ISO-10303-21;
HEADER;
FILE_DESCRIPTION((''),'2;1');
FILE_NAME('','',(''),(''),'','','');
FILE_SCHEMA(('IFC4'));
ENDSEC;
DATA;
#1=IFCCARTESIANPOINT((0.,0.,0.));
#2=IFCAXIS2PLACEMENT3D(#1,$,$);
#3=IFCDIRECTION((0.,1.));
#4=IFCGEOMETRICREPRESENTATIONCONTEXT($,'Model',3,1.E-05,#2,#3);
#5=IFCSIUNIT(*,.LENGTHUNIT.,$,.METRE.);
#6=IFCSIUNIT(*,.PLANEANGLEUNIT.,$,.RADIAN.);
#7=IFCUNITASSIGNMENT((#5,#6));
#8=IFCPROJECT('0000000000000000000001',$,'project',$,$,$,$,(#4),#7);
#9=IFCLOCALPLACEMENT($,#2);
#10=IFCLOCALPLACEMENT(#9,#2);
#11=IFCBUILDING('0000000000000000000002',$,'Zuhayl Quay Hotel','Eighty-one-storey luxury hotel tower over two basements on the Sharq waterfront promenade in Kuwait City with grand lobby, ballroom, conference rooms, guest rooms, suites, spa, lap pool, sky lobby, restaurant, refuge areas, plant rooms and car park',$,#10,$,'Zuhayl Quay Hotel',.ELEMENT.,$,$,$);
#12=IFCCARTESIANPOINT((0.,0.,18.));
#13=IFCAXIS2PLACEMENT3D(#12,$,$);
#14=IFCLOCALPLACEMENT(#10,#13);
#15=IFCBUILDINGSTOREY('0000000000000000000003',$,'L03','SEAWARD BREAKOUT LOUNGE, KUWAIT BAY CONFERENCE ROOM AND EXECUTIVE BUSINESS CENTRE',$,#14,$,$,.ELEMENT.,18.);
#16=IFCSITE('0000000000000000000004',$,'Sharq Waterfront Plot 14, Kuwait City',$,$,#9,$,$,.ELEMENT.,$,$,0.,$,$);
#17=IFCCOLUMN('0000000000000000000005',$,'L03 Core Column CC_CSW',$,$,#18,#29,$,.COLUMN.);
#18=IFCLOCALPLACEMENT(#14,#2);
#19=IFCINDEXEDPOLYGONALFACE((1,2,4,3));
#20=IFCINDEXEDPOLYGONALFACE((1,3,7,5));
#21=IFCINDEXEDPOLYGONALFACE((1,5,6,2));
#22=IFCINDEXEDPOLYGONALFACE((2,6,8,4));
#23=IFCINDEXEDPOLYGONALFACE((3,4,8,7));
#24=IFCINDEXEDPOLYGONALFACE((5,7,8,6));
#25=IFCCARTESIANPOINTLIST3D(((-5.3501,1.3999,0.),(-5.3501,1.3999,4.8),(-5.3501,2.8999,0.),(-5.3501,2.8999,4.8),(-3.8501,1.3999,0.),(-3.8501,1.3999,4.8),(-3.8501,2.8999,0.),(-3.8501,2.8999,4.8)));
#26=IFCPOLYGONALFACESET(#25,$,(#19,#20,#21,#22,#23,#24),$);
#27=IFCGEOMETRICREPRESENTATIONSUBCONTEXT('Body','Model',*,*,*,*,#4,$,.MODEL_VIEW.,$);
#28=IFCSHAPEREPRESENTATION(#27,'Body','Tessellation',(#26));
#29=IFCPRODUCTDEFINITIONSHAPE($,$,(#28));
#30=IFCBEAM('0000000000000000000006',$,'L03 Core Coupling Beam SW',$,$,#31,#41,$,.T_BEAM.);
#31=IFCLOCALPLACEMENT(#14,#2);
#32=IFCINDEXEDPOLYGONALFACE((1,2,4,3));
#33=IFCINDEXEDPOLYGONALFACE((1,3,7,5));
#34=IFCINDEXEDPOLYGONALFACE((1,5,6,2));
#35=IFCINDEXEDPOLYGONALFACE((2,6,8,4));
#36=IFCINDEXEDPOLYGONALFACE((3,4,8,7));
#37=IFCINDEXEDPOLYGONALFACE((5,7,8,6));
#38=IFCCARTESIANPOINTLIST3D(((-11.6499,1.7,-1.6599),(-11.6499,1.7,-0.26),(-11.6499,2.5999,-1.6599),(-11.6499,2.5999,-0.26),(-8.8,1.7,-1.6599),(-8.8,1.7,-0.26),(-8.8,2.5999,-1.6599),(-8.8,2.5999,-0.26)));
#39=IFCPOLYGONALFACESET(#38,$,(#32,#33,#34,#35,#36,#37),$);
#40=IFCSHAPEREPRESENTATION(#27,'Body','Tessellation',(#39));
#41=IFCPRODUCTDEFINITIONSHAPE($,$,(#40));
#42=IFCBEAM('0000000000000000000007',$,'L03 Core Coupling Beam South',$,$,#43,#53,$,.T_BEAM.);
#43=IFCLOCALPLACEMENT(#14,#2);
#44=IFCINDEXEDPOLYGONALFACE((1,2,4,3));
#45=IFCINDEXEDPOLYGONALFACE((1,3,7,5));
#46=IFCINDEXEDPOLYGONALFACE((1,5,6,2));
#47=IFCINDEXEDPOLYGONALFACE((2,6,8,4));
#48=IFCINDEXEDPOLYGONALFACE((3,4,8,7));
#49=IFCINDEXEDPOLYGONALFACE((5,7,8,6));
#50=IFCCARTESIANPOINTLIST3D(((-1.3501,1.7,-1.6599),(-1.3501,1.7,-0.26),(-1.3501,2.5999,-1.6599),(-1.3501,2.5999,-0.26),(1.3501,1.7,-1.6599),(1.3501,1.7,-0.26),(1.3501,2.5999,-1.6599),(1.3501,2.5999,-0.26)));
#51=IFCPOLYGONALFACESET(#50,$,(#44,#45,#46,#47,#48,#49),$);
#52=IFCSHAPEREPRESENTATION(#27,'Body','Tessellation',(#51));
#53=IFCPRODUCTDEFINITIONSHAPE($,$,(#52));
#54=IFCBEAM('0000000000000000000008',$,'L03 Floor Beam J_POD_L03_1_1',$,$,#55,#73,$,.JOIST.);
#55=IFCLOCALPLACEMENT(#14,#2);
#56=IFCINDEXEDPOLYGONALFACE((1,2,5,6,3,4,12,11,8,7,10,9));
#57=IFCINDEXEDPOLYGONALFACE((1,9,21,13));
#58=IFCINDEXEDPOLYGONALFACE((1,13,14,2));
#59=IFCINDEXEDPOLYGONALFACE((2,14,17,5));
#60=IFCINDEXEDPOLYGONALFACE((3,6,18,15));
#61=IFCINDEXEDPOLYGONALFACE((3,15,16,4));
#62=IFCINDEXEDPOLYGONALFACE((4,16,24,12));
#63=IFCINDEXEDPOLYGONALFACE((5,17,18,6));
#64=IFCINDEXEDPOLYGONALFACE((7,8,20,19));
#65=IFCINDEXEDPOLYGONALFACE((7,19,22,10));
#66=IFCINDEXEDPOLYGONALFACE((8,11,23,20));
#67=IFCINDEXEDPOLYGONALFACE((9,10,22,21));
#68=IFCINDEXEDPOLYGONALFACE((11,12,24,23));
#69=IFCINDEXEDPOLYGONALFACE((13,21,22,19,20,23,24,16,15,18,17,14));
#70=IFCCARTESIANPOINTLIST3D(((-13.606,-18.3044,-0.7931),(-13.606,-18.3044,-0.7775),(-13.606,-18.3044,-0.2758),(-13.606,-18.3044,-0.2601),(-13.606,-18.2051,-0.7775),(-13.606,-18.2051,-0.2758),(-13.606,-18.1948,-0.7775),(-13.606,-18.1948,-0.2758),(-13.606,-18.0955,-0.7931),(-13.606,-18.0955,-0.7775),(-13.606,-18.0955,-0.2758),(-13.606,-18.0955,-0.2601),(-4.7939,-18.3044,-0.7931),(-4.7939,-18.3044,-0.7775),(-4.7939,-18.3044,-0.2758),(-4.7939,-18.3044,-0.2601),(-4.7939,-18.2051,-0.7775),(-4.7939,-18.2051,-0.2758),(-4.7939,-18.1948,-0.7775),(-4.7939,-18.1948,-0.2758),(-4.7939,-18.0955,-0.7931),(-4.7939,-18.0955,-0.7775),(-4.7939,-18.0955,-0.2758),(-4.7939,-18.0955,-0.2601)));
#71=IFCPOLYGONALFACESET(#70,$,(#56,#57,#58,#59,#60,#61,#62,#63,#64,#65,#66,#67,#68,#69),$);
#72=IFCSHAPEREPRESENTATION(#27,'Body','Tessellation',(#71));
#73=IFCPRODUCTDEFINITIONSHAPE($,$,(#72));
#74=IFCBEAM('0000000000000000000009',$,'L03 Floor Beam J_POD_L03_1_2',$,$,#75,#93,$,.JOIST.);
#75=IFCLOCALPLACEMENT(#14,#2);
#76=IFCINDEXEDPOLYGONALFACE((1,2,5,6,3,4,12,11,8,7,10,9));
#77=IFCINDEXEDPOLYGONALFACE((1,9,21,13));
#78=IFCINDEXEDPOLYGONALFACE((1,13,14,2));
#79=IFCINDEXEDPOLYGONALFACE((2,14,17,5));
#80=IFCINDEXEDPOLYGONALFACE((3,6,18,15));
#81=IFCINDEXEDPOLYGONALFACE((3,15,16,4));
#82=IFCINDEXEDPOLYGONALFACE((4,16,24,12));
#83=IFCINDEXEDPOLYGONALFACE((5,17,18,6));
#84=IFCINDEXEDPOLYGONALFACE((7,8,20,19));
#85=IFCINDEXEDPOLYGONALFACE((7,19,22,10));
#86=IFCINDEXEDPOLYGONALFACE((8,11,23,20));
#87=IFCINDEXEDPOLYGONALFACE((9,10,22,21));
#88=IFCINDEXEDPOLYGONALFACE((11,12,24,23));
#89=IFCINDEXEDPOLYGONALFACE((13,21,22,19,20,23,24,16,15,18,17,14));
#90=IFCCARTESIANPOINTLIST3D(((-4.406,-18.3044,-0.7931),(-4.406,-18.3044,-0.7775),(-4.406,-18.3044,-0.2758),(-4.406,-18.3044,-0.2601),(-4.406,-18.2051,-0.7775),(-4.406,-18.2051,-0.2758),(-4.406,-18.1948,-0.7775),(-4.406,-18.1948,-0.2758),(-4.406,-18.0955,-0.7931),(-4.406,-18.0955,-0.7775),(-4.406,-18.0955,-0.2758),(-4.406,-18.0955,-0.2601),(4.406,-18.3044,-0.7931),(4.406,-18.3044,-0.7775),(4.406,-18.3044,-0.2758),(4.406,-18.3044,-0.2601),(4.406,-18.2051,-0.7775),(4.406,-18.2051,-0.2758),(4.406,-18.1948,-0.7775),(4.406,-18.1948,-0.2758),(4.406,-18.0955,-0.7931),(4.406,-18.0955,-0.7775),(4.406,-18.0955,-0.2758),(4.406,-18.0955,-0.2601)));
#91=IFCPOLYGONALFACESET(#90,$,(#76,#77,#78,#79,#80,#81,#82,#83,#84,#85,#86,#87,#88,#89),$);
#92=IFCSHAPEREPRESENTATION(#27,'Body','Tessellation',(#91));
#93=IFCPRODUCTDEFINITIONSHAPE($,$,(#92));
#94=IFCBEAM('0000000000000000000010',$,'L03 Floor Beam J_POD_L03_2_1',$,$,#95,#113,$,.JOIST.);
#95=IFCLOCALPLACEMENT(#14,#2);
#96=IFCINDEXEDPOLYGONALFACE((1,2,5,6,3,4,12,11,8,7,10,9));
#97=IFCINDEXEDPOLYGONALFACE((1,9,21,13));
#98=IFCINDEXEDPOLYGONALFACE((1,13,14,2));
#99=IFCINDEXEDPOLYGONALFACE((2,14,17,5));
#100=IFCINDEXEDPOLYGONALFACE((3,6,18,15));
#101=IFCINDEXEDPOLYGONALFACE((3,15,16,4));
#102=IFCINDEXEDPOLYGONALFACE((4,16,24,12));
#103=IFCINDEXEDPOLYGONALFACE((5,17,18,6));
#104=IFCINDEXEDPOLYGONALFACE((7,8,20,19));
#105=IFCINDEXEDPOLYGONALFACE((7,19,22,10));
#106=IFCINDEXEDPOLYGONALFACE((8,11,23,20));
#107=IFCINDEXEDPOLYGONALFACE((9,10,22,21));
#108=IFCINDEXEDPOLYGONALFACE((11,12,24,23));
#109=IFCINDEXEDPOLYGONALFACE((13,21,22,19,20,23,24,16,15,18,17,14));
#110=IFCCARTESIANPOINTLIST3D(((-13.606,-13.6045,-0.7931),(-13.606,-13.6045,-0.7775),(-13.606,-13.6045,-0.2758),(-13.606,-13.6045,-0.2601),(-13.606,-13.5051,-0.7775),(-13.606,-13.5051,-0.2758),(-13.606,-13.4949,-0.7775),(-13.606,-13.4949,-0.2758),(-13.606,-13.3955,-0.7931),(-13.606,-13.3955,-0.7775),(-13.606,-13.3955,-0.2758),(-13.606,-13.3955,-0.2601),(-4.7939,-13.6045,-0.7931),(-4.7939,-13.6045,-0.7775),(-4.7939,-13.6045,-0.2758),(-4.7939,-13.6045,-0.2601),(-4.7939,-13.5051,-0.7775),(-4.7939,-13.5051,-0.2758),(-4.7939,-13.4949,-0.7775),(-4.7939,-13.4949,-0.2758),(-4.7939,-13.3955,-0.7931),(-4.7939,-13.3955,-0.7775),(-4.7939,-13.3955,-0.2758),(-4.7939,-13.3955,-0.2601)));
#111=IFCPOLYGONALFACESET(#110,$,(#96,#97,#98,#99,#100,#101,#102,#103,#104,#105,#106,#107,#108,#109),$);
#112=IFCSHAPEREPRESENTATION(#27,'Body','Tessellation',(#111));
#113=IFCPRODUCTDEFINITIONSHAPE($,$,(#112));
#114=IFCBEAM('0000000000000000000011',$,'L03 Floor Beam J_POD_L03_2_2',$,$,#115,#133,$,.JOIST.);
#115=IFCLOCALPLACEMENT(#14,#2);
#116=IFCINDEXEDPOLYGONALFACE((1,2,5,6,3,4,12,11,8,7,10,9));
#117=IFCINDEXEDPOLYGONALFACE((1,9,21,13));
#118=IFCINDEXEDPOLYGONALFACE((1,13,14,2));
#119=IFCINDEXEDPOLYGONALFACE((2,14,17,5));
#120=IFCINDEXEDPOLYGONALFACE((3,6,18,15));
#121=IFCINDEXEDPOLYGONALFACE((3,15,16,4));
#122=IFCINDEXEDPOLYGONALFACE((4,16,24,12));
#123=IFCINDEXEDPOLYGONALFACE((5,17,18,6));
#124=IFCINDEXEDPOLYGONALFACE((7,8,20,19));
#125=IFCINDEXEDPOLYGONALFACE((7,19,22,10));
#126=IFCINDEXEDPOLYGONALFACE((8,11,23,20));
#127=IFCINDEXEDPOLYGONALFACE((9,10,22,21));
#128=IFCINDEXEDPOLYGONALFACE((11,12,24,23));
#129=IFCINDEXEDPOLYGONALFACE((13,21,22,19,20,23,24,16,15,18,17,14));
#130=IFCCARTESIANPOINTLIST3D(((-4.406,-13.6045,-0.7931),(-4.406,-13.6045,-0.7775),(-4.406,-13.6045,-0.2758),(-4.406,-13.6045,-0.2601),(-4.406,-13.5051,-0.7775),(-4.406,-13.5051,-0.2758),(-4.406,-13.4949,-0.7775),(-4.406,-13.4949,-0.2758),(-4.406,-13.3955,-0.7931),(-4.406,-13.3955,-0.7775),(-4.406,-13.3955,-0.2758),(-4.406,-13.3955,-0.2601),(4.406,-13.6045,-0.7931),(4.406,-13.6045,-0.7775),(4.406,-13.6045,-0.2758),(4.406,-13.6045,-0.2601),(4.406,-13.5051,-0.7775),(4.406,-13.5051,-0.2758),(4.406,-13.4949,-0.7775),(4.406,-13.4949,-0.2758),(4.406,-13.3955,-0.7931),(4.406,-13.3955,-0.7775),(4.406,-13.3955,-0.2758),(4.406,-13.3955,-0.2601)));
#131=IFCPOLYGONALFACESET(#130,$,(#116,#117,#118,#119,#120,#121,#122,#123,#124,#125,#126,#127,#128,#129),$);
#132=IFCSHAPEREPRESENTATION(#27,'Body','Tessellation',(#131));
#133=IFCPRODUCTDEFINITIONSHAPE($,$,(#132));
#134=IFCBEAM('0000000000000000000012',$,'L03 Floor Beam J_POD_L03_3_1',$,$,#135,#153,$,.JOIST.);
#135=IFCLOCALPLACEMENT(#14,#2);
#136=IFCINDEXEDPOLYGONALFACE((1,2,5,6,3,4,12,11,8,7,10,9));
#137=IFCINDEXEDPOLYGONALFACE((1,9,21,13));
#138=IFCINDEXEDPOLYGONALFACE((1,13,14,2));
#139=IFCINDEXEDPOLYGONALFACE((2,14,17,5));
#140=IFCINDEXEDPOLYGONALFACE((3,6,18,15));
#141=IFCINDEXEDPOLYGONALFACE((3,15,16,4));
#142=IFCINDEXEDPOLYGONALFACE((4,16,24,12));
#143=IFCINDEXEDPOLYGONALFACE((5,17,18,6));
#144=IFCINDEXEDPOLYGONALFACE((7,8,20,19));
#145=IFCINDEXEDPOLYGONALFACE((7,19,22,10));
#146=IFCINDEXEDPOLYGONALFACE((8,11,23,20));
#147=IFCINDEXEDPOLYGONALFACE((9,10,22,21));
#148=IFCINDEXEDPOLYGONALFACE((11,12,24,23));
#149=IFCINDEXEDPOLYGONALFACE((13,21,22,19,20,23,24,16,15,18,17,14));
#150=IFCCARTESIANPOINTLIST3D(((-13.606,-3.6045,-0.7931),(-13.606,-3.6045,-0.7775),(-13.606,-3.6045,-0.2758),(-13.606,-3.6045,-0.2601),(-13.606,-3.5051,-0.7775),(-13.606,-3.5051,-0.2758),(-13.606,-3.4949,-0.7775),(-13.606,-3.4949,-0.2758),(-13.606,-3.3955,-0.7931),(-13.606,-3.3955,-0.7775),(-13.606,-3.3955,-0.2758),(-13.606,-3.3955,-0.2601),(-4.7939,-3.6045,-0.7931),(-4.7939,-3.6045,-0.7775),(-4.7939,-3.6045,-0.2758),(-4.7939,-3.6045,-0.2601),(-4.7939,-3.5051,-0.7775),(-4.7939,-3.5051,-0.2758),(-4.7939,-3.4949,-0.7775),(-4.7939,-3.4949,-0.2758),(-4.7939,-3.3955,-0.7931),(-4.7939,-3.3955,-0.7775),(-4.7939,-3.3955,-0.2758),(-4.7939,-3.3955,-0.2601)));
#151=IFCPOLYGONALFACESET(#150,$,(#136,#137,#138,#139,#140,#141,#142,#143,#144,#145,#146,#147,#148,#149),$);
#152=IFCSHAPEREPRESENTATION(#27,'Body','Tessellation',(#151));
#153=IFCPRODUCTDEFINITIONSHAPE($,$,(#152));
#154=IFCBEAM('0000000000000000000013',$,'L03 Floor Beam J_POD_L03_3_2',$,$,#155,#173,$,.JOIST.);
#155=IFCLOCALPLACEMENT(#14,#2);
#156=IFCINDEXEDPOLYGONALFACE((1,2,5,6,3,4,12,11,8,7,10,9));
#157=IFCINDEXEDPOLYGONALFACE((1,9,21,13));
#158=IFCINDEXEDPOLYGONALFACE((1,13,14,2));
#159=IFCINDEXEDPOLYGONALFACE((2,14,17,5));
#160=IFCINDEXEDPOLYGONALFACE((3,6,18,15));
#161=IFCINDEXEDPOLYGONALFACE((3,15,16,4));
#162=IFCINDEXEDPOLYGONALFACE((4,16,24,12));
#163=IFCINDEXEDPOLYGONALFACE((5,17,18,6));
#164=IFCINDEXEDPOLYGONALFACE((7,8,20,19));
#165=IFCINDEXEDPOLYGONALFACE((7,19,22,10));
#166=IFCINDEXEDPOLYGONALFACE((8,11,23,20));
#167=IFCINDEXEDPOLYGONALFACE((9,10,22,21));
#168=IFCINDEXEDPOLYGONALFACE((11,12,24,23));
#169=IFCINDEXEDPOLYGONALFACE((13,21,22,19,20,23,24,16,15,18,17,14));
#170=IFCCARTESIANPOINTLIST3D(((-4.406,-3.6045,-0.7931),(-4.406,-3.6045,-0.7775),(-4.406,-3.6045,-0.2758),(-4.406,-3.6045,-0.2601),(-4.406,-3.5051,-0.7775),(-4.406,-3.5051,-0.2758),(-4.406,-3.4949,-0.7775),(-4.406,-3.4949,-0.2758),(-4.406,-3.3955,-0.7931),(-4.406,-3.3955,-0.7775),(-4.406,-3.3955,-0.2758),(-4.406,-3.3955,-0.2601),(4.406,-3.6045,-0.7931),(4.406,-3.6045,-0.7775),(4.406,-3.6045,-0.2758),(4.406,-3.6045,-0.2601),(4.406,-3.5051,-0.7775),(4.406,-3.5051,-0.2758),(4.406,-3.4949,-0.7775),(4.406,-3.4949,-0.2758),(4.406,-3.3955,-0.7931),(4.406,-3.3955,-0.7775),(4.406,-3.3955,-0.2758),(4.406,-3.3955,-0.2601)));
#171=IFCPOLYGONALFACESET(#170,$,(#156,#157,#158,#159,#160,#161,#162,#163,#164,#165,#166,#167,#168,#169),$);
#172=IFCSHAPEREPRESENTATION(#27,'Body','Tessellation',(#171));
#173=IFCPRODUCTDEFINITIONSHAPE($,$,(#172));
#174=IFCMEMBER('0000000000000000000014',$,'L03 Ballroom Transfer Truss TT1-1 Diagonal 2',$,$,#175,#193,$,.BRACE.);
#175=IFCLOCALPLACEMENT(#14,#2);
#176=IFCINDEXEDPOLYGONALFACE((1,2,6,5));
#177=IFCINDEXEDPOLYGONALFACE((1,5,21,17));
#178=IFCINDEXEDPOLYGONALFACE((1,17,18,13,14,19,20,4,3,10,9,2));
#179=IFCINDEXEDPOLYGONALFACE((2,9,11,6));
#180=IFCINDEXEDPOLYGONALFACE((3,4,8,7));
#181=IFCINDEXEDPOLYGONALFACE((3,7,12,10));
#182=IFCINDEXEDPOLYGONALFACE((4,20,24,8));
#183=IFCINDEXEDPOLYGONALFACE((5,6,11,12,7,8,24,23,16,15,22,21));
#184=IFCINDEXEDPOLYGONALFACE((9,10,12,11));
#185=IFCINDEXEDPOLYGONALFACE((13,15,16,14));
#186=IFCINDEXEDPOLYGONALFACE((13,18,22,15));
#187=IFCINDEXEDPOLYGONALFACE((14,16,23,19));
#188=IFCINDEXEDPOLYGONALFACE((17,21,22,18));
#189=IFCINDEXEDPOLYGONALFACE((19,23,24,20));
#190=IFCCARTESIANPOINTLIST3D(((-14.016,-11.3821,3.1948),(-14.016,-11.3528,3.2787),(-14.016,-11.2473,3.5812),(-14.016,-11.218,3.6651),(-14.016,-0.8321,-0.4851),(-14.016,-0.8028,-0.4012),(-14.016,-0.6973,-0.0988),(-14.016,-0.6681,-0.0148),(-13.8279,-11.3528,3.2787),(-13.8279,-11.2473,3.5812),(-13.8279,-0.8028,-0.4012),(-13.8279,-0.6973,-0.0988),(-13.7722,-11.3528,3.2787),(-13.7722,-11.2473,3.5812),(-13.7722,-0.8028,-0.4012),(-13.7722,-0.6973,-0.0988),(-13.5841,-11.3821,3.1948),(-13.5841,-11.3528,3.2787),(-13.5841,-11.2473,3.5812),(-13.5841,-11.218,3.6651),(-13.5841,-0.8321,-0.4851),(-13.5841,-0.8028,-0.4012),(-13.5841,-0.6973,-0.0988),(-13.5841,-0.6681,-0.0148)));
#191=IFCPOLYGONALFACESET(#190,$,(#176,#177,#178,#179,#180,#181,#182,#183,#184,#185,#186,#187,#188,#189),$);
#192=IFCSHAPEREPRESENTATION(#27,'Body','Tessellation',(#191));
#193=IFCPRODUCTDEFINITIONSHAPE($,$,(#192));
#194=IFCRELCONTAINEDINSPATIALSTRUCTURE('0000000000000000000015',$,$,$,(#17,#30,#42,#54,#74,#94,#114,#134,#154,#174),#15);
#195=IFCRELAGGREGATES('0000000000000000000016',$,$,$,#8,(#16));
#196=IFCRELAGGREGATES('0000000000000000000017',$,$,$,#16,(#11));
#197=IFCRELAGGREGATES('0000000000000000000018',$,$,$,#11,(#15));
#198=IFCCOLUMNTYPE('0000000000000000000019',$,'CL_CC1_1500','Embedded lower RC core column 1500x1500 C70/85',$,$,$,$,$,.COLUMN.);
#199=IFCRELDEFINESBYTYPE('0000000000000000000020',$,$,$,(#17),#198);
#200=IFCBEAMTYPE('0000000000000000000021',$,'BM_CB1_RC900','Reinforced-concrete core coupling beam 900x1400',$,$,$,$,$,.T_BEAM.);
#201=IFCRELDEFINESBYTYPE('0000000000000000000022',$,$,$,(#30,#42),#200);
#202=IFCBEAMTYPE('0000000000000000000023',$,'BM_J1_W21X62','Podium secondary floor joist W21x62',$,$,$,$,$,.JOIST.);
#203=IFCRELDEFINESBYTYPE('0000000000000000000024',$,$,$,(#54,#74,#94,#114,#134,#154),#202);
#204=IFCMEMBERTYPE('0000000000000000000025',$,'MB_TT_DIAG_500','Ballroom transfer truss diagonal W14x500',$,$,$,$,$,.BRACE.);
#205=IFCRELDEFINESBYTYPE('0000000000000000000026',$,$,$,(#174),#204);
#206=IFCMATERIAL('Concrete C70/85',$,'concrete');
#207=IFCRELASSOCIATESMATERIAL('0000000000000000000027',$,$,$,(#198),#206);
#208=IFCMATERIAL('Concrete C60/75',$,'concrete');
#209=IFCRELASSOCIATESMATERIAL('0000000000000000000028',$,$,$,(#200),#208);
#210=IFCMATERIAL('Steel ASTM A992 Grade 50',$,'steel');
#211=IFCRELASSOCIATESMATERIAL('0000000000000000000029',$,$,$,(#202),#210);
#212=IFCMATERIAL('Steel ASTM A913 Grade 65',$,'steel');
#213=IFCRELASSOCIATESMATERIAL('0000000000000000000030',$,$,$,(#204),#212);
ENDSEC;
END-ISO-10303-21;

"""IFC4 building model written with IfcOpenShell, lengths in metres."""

from ifc_helpers import new_model, si_unit, direction, frame, origin, origin_2d, place, context, subcontext, project, spatial, rectangle, i_section, extrude, material, material_profile, profile_set, type_object, element, save


model = new_model("IFC4")

# Units and contexts
model_context = context("Model", 3, precision=1e-05, world=origin(), true_north=direction((0.0, 1.0)))
body_context = subcontext(model_context, "Body", "Model", "MODEL_VIEW")
ifc_project = project(units=[si_unit("LENGTHUNIT", "METRE"), si_unit("PLANEANGLEUNIT", "RADIAN")], contexts=[model_context])

# Site, building, storey
site_placement = place(None, origin())
site = spatial("IfcSite", under=ifc_project, at=site_placement, Name="Sharq Waterfront Plot 14, Kuwait City", CompositionType="ELEMENT", RefElevation=0.0)
building_placement = place(site_placement, origin())
building = spatial("IfcBuilding", under=site, at=building_placement, Name="Zuhayl Quay Hotel", Description="Eighty-one-storey luxury hotel tower over two basements on the Sharq waterfront promenade in Kuwait City with grand lobby, ballroom, conference rooms, guest rooms, suites, spa, lap pool, sky lobby, restaurant, refuge areas, plant rooms and car park", LongName="Zuhayl Quay Hotel", CompositionType="ELEMENT")
storey_placement = place(building_placement, frame((0.0, 0.0, 18.0)))
storey = spatial("IfcBuildingStorey", under=building, at=storey_placement, Name="L03", Description="SEAWARD BREAKOUT LOUNGE, KUWAIT BAY CONFERENCE ROOM AND EXECUTIVE BUSINESS CENTRE", CompositionType="ELEMENT", Elevation=18.0)

# Column
ifc_material_1 = material(Name="Concrete C70/85", Category="concrete")
ifc_material_profile_1 = material_profile(ifc_material_1, rectangle(XDim=1.5, YDim=1.5, at=origin_2d()), Name="RC1500X1500")
ifc_profile_set_1 = profile_set([ifc_material_profile_1], Name="Concrete C70/85")
column_type = type_object("IfcColumnType", Name="CL_CC1_1500", Description="Embedded lower RC core column 1500x1500 C70/85", PredefinedType="COLUMN", material=ifc_profile_set_1)
column_placement = place(storey_placement, frame((-4.6001, 2.1499, 0.0), z_axis=(0.0, 0.0, 1.0), x_axis=(1.0, 0.0, 0.0)))
element("IfcColumn", 1, at=column_placement, inside=storey, type_object=column_type, Name="L03 Core Column CC_CSW", PredefinedType="COLUMN", context=body_context, shape_type="SweptSolid", body=[
    extrude(rectangle(XDim=1.5, YDim=1.5, at=origin_2d()), origin(), (0.0, 0.0, 1.0), 4.8),
])

# Beams
ifc_material_2 = material(Name="Concrete C60/75", Category="concrete")
ifc_material_profile_2 = material_profile(ifc_material_2, rectangle(XDim=0.8999, YDim=1.3999, at=origin_2d()), Name="RC900X1400")
ifc_profile_set_2 = profile_set([ifc_material_profile_2], Name="Concrete C60/75")
beam_type_1 = type_object("IfcBeamType", Name="BM_CB1_RC900", Description="Reinforced-concrete core coupling beam 900x1400", PredefinedType="T_BEAM", material=ifc_profile_set_2)
beam_1_placement = place(storey_placement, frame((-11.6499, 2.1499, -0.96), z_axis=(1.0, 0.0, 0.0), x_axis=(0.0, 1.0, 0.0)))
element("IfcBeam", 2, at=beam_1_placement, inside=storey, type_object=beam_type_1, Name="L03 Core Coupling Beam SW", PredefinedType="T_BEAM", context=body_context, shape_type="SweptSolid", body=[
    extrude(rectangle(XDim=0.8999, YDim=1.3999, at=origin_2d()), origin(), (0.0, 0.0, 1.0), 2.8499),
])
beam_2_placement = place(storey_placement, frame((-1.3501, 2.1499, -0.96), z_axis=(1.0, 0.0, 0.0), x_axis=(0.0, 1.0, 0.0)))
element("IfcBeam", 3, at=beam_2_placement, inside=storey, type_object=beam_type_1, Name="L03 Core Coupling Beam South", PredefinedType="T_BEAM", context=body_context, shape_type="SweptSolid", body=[
    extrude(rectangle(XDim=0.8999, YDim=1.3999, at=origin_2d()), origin(), (0.0, 0.0, 1.0), 2.7002),
])
ifc_material_3 = material(Name="Steel ASTM A992 Grade 50", Category="steel")
ifc_material_profile_3 = material_profile(ifc_material_3, i_section(OverallWidth=0.209, OverallDepth=0.533, WebThickness=0.0103, FlangeThickness=0.0156, at=origin_2d()), Name="W21X62")
ifc_profile_set_3 = profile_set([ifc_material_profile_3], Name="Steel ASTM A992 Grade 50")
beam_type_2 = type_object("IfcBeamType", Name="BM_J1_W21X62", Description="Podium secondary floor joist W21x62", PredefinedType="JOIST", material=ifc_profile_set_3)
for number, where, z_axis, x_axis, name in (
    (4, (-13.606, -18.2, -0.5266), (1.0, 0.0, 0.0), (0.0, 1.0, 0.0), "L03 Floor Beam J_POD_L03_1_1"),
    (5, (-4.406, -18.2, -0.5266), (1.0, 0.0, 0.0), (0.0, 1.0, 0.0), "L03 Floor Beam J_POD_L03_1_2"),
    (6, (-13.606, -13.5, -0.5266), (1.0, 0.0, 0.0), (0.0, 1.0, 0.0), "L03 Floor Beam J_POD_L03_2_1"),
    (7, (-4.406, -13.5, -0.5266), (1.0, 0.0, 0.0), (0.0, 1.0, 0.0), "L03 Floor Beam J_POD_L03_2_2"),
    (8, (-13.606, -3.5, -0.5266), (1.0, 0.0, 0.0), (0.0, 1.0, 0.0), "L03 Floor Beam J_POD_L03_3_1"),
    (9, (-4.406, -3.5, -0.5266), (1.0, 0.0, 0.0), (0.0, 1.0, 0.0), "L03 Floor Beam J_POD_L03_3_2"),
):
    element("IfcBeam", number, at=place(storey_placement, frame(where, z_axis=z_axis, x_axis=x_axis)), inside=storey, type_object=beam_type_2, Name=name, PredefinedType="JOIST", context=body_context, shape_type="SweptSolid", body=[
        extrude(i_section(OverallWidth=0.209, OverallDepth=0.533, WebThickness=0.0103, FlangeThickness=0.0156, at=origin_2d()), origin(), (0.0, 0.0, 1.0), 8.812),
    ])

# Member
ifc_material_4 = material(Name="Steel ASTM A913 Grade 65", Category="steel")
ifc_material_profile_4 = material_profile(ifc_material_4, i_section(OverallWidth=0.4319, OverallDepth=0.498, WebThickness=0.0557, FlangeThickness=0.0889, at=origin_2d()), Name="W14X500")
ifc_profile_set_4 = profile_set([ifc_material_profile_4], Name="Steel ASTM A913 Grade 65")
member_type = type_object("IfcMemberType", Name="MB_TT_DIAG_500", Description="Ballroom transfer truss diagonal W14x500", PredefinedType="BRACE", material=ifc_profile_set_4)
for number, where, z_axis, x_axis, name in (
    (10, (-13.8, -11.3, 3.4299), (0.0, 0.944209, -0.329347), (-1.0, 0.0, 0.0), "L03 Ballroom Transfer Truss TT1-1 Diagonal 2"),
):
    element("IfcMember", number, at=place(storey_placement, frame(where, z_axis=z_axis, x_axis=x_axis)), inside=storey, type_object=member_type, Name=name, PredefinedType="BRACE", context=body_context, shape_type="SweptSolid", body=[
        extrude(i_section(OverallWidth=0.4319, OverallDepth=0.498, WebThickness=0.0557, FlangeThickness=0.0889, at=origin_2d()), origin(), (0.0, 0.0, 1.0), 11.1733),
    ])

save(model, "model.ifc")
